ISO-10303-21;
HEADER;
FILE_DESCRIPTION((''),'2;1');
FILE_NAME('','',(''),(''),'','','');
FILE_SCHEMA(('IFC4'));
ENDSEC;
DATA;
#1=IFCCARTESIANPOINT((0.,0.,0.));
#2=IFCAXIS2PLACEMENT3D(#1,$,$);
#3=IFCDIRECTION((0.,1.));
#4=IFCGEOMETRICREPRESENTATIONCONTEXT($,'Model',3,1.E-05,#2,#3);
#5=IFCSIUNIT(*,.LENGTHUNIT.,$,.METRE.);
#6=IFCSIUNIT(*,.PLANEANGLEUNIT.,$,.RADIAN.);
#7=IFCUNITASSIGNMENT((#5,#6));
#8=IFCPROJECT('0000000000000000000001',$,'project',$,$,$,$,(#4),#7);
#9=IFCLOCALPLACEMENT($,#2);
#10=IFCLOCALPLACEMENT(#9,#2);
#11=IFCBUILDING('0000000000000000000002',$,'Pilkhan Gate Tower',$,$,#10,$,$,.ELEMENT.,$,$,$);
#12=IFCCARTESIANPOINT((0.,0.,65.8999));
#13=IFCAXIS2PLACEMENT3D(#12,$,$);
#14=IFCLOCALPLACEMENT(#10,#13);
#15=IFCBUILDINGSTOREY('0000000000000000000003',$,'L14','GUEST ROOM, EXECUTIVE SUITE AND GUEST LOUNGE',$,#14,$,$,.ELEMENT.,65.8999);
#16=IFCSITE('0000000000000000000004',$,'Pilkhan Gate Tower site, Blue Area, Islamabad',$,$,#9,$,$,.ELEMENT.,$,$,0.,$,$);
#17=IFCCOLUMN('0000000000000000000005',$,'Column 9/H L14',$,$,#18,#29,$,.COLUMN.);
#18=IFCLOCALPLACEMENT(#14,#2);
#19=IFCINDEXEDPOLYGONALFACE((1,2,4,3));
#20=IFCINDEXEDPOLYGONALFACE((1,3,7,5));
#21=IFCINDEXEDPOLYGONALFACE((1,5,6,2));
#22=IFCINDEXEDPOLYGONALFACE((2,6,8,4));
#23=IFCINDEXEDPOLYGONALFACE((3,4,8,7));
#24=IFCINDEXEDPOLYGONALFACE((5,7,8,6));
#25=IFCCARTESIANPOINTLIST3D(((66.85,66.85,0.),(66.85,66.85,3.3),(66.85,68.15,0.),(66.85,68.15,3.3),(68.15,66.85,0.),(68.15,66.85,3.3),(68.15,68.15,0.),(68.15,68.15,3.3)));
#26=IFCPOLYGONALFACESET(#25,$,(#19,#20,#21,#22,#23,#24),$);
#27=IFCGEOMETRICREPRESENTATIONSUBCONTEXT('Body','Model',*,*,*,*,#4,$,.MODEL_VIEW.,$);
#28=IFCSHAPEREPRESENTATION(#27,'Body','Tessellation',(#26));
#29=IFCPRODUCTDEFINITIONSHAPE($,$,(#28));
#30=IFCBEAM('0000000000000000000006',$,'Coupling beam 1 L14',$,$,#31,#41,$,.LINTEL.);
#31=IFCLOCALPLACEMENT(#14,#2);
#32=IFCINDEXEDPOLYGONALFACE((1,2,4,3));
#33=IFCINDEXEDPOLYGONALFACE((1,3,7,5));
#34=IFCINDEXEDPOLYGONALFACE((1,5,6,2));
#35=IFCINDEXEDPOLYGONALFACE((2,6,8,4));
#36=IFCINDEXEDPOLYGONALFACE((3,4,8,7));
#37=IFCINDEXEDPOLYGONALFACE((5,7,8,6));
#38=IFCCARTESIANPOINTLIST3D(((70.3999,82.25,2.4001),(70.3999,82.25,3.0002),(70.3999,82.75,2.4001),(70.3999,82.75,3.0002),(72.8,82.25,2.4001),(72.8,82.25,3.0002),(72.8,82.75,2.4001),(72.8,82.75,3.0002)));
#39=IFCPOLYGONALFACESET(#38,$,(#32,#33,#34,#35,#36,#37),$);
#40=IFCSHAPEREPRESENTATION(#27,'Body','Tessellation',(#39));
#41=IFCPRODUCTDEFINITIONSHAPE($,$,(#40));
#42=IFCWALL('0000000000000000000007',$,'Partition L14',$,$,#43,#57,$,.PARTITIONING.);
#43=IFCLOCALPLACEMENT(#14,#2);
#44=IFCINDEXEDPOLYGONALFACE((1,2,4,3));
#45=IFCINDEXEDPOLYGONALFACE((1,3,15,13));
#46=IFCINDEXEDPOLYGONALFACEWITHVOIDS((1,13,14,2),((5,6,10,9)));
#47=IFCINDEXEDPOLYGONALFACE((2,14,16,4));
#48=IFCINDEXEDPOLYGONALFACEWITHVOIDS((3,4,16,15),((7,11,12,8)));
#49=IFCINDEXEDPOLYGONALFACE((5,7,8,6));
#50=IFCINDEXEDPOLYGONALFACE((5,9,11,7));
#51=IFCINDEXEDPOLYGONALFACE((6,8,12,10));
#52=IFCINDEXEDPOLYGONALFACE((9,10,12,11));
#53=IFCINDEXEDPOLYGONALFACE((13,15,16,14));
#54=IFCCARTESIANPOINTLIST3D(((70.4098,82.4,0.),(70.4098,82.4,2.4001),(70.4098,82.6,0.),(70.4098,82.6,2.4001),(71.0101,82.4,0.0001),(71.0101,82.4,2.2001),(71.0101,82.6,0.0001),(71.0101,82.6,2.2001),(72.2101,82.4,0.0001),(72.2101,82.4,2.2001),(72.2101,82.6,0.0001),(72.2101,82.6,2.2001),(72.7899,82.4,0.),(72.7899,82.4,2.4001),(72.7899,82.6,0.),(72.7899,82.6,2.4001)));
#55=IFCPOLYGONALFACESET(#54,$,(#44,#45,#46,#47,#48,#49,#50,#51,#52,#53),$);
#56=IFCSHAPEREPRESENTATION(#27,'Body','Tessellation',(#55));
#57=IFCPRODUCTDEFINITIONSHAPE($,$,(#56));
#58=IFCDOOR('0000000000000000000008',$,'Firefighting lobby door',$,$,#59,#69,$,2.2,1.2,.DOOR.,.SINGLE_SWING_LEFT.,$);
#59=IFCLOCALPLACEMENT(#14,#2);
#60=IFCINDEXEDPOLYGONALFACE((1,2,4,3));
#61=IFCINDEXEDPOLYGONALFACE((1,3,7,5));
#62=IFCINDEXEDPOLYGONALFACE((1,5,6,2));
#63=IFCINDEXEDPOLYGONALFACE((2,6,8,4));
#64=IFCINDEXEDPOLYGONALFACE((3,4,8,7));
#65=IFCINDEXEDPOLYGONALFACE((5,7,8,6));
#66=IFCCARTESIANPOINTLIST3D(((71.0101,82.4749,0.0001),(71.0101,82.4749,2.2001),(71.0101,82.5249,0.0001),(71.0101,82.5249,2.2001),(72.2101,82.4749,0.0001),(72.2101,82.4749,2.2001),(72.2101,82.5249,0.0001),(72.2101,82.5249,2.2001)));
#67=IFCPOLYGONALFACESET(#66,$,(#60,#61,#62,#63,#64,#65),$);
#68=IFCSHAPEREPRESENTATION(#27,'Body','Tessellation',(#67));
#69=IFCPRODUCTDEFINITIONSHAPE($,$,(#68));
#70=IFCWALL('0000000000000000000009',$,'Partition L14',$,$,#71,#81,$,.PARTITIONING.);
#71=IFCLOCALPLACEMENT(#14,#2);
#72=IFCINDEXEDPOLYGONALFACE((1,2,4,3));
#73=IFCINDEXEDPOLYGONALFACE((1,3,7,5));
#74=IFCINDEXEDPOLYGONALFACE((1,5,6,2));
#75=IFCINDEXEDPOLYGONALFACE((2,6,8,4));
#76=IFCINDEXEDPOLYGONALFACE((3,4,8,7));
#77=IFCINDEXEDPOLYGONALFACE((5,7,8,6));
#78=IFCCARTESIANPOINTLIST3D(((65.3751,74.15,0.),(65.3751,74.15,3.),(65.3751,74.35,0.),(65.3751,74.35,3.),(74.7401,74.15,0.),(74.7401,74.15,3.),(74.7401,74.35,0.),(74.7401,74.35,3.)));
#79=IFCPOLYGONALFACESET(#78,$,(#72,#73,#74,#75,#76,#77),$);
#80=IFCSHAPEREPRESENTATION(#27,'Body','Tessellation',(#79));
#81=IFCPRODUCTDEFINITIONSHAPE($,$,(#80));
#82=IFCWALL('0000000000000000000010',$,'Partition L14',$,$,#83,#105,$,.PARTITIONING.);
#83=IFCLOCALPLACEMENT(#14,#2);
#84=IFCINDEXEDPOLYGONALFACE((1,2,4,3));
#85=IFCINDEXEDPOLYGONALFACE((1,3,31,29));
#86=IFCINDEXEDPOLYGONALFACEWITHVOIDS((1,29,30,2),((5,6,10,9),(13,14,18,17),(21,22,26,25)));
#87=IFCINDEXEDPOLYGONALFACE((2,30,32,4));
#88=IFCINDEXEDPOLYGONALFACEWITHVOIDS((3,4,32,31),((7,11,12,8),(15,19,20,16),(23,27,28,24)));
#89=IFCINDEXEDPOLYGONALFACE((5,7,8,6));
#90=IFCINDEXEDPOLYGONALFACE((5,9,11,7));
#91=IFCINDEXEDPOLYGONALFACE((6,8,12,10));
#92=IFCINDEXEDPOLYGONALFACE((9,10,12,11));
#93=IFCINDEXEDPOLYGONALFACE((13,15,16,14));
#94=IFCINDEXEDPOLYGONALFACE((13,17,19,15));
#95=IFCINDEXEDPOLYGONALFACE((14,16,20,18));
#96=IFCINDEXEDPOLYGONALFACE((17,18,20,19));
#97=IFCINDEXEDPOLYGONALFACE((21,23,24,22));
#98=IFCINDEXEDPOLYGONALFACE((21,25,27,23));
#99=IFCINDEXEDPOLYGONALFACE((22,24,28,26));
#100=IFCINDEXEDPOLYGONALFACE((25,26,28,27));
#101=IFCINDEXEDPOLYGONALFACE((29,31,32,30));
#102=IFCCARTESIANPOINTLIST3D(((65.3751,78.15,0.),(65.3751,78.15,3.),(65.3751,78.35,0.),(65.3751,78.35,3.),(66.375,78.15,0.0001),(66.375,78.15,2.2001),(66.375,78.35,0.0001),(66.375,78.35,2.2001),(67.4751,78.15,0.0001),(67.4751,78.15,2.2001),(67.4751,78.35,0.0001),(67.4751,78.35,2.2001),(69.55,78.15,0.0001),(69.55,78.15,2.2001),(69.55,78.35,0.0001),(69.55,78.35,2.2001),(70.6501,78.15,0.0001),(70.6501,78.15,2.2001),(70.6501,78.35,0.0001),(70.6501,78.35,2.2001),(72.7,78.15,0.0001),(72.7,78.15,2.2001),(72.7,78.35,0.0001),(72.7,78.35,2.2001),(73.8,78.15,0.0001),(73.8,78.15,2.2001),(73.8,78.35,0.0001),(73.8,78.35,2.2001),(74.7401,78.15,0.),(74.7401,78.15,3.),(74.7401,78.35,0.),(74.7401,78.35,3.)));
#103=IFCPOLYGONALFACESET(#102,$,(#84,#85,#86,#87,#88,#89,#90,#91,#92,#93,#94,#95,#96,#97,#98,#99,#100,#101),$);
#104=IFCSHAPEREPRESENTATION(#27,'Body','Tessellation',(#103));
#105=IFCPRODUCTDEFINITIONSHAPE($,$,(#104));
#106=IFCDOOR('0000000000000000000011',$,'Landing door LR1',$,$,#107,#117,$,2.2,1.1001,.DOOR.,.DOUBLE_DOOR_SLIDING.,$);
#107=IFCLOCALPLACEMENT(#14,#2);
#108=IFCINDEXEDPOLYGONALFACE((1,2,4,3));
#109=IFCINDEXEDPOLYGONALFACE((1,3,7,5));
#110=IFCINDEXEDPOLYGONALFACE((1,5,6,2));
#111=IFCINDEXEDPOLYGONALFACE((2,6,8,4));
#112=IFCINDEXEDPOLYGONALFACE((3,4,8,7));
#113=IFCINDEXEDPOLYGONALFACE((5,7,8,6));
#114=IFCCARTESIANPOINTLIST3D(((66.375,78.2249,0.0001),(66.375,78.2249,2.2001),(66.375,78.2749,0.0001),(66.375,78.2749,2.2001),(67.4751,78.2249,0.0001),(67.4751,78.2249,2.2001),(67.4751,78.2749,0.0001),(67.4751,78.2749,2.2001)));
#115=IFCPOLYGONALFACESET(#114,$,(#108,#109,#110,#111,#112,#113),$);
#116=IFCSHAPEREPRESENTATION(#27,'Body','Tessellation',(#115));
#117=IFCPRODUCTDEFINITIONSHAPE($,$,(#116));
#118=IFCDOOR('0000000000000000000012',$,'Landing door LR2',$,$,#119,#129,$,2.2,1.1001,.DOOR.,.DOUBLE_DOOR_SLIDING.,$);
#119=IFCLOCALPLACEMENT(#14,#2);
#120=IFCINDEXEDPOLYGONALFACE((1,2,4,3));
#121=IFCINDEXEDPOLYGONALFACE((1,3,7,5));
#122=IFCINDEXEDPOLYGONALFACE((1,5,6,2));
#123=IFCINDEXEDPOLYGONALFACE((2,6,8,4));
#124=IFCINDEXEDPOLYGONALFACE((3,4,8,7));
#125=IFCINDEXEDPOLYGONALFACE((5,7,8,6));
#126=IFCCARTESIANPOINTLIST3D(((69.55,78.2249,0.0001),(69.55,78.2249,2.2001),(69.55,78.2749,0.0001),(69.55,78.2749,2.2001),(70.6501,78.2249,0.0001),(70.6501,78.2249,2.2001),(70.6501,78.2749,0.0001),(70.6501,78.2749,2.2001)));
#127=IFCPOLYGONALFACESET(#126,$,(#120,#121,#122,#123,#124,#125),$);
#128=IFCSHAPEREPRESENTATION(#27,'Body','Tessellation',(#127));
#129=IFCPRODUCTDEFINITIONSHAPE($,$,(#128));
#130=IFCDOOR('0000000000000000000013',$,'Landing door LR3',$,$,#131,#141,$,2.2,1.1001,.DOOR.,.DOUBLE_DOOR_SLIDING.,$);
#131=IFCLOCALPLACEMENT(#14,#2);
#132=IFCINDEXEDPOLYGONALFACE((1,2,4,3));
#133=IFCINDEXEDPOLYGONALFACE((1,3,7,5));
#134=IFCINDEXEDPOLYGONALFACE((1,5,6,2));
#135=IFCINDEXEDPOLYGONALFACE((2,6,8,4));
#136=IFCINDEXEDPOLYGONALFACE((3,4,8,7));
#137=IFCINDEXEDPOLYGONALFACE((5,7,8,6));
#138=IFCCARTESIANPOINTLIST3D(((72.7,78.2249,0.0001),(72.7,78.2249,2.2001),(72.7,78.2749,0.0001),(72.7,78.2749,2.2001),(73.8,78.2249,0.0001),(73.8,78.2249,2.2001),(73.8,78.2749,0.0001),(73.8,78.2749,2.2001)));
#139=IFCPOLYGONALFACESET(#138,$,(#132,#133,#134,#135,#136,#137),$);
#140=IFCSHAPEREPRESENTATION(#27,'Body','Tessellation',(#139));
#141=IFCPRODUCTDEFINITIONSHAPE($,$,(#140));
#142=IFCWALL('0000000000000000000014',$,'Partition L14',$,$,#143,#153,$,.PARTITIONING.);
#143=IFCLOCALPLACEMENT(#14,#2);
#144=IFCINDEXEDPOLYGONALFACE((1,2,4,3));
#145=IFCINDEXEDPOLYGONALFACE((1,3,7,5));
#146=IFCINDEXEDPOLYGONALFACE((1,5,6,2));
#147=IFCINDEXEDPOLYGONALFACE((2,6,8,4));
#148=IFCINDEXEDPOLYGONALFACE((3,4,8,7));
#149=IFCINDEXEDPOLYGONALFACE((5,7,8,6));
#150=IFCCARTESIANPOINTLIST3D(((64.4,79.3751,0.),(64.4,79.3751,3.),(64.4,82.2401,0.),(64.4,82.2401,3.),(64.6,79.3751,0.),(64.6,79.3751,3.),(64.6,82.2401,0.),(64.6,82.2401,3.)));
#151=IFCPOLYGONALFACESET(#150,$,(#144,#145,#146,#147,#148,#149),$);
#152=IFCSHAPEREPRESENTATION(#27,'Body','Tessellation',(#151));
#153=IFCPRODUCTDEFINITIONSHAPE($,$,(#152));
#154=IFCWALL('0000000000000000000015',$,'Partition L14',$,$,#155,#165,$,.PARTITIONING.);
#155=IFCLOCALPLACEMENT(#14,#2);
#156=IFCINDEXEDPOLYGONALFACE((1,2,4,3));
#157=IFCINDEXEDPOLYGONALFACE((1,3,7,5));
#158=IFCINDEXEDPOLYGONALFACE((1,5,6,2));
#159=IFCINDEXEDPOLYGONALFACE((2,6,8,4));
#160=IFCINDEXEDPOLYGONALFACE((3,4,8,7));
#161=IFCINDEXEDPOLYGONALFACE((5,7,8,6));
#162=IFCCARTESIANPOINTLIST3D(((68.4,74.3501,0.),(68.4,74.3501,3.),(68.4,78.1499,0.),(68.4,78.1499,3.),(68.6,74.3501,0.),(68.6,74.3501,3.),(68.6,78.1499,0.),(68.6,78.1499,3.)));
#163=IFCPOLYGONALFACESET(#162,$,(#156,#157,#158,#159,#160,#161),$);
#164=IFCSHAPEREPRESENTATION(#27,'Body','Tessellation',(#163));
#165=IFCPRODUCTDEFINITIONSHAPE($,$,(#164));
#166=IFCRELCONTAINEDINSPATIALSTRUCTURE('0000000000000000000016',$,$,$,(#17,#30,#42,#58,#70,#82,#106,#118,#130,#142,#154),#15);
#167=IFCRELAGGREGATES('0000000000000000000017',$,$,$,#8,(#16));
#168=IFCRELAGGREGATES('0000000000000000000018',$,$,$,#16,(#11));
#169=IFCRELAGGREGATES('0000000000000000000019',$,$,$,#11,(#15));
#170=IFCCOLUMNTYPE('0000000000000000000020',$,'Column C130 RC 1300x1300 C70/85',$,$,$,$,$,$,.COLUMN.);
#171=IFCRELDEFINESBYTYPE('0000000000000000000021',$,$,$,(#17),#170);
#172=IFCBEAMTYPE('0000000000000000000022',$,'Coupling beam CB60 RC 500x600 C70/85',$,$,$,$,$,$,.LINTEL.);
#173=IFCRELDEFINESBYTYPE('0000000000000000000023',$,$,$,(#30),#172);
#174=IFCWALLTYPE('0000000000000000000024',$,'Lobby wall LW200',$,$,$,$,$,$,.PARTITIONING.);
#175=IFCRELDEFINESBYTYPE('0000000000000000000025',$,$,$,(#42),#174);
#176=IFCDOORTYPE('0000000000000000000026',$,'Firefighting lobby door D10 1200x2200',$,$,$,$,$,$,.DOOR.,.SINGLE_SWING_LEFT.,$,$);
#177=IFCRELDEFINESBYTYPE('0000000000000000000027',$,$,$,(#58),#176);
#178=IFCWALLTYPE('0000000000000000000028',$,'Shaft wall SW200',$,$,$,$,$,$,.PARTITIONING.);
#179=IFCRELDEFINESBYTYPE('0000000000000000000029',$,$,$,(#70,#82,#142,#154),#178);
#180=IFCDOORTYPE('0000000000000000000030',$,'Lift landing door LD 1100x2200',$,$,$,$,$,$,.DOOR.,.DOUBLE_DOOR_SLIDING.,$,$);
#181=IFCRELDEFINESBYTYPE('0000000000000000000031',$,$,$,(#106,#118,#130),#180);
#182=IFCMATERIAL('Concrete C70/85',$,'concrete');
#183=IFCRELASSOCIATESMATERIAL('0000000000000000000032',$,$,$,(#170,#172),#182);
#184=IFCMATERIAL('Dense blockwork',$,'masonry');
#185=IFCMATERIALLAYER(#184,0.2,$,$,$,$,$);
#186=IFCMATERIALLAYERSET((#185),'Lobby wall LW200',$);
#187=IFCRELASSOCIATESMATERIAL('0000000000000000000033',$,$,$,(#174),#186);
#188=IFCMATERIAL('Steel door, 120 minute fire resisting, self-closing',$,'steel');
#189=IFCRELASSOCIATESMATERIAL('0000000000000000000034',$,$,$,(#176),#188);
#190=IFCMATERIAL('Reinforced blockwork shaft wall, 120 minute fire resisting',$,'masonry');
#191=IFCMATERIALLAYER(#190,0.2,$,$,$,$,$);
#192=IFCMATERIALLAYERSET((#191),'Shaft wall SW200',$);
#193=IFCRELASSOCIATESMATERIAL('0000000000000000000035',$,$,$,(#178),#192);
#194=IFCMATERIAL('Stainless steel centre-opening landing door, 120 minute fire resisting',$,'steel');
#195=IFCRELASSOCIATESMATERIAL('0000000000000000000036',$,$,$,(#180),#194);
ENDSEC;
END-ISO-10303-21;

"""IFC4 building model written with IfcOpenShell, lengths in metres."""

from ifc_helpers import new_model, si_unit, direction, frame, frame_2d, origin, origin_2d, place, context, subcontext, project, spatial, rectangle, extrude, material, layer, layer_set, material_profile, profile_set, type_object, element, fill, save


model = new_model("IFC4")

# Units and contexts
model_context = context("Model", 3, precision=1e-05, world=origin(), true_north=direction((0.0, 1.0)))
body_context = subcontext(model_context, "Body", "Model", "MODEL_VIEW")
ifc_project = project(units=[si_unit("LENGTHUNIT", "METRE"), si_unit("PLANEANGLEUNIT", "RADIAN")], contexts=[model_context])

# Site, building, storey
site_placement = place(None, origin())
site = spatial("IfcSite", under=ifc_project, at=site_placement, Name="Pilkhan Gate Tower site, Blue Area, Islamabad", CompositionType="ELEMENT", RefElevation=0.0)
building_placement = place(site_placement, origin())
building = spatial("IfcBuilding", under=site, at=building_placement, Name="Pilkhan Gate Tower", CompositionType="ELEMENT")
storey_placement = place(building_placement, frame((0.0, 0.0, 65.8999)))
storey = spatial("IfcBuildingStorey", under=building, at=storey_placement, Name="L14", Description="GUEST ROOM, EXECUTIVE SUITE AND GUEST LOUNGE", CompositionType="ELEMENT", Elevation=65.8999)

# Column
ifc_material_1 = material(Name="Concrete C70/85", Category="concrete")
ifc_material_profile_1 = material_profile(ifc_material_1, rectangle(XDim=1.3, YDim=1.3, at=origin_2d()), Name="RC 1300x1300")
ifc_profile_set_1 = profile_set([ifc_material_profile_1], Name="Concrete C70/85")
column_type = type_object("IfcColumnType", Name="Column C130 RC 1300x1300 C70/85", PredefinedType="COLUMN", material=ifc_profile_set_1)
column_placement = place(storey_placement, frame((67.5, 67.5, 0.0), z_axis=(0.0, 0.0, 1.0), x_axis=(1.0, 0.0, 0.0)))
element("IfcColumn", 1, at=column_placement, inside=storey, type_object=column_type, Name="Column 9/H L14", PredefinedType="COLUMN", context=body_context, shape_type="SweptSolid", body=[
    extrude(rectangle(XDim=1.3, YDim=1.3, at=origin_2d()), origin(), (0.0, 0.0, 1.0), 3.3),
])

# Beam
ifc_material_profile_2 = material_profile(ifc_material_1, rectangle(XDim=0.5, YDim=0.6001, at=origin_2d()), Name="RC 500x600")
ifc_profile_set_2 = profile_set([ifc_material_profile_2], Name="Concrete C70/85")
beam_type = type_object("IfcBeamType", Name="Coupling beam CB60 RC 500x600 C70/85", PredefinedType="LINTEL", material=ifc_profile_set_2)
beam_placement = place(storey_placement, frame((70.3999, 82.5, 2.7002), z_axis=(1.0, 0.0, 0.0), x_axis=(0.0, 1.0, 0.0)))
element("IfcBeam", 2, at=beam_placement, inside=storey, type_object=beam_type, Name="Coupling beam 1 L14", PredefinedType="LINTEL", context=body_context, shape_type="SweptSolid", body=[
    extrude(rectangle(XDim=0.5, YDim=0.6001, at=origin_2d()), origin(), (0.0, 0.0, 1.0), 2.4001),
])

# Wall, opening, door
ifc_material_2 = material(Name="Dense blockwork", Category="masonry")
ifc_layer_1 = layer(ifc_material_2, 0.2)
ifc_layer_set_1 = layer_set([ifc_layer_1], Name="Lobby wall LW200")
wall_type_1 = type_object("IfcWallType", Name="Lobby wall LW200", PredefinedType="PARTITIONING", material=ifc_layer_set_1)
wall_1_placement = place(storey_placement, frame((70.4099, 82.5, 0.0), z_axis=(0.0, 0.0, 1.0), x_axis=(1.0, 0.0, 0.0)))
wall_1 = element("IfcWall", 3, at=wall_1_placement, inside=storey, type_object=wall_type_1, Name="Partition L14", PredefinedType="PARTITIONING", context=body_context, shape_type="SweptSolid", body=[
    extrude(rectangle(XDim=2.3801, YDim=0.2, at=frame_2d((1.1899, 0.0))), origin(), (0.0, 0.0, 1.0), 2.4001),
])
opening_1_placement = place(wall_1_placement, frame((0.6001, 0.0, 0.0)))
opening_1 = element("IfcOpeningElement", 4, at=opening_1_placement, cuts=wall_1, PredefinedType="OPENING", context=body_context, shape_type="SweptSolid", body=[
    extrude(rectangle(XDim=1.2, YDim=2.2, at=frame_2d((0.6001, 1.1001))), frame((0.0, 0.1099, 0.0), z_axis=(0.0, -1.0, 0.0), x_axis=(1.0, 0.0, 0.0)), (0.0, 0.0, 1.0), 0.22),
])
ifc_material_3 = material(Name="Steel door, 120 minute fire resisting, self-closing", Category="steel")
door_type_1 = type_object("IfcDoorType", Name="Firefighting lobby door D10 1200x2200", OperationType="SINGLE_SWING_LEFT", PredefinedType="DOOR", material=ifc_material_3)
door_1_placement = place(opening_1_placement, origin())
door_1 = element("IfcDoor", 5, at=door_1_placement, inside=storey, type_object=door_type_1, Name="Firefighting lobby door", OperationType="SINGLE_SWING_LEFT", OverallHeight=2.2, OverallWidth=1.2, PredefinedType="DOOR", context=body_context, shape_type="SweptSolid", body=[
    extrude(rectangle(XDim=1.2, YDim=2.2, at=frame_2d((0.6001, 1.1001))), frame((0.0, 0.0249, 0.0), z_axis=(0.0, -1.0, 0.0), x_axis=(1.0, 0.0, 0.0)), (0.0, 0.0, 1.0), 0.05),
])
fill(opening_1, door_1)

# Wall
ifc_material_4 = material(Name="Reinforced blockwork shaft wall, 120 minute fire resisting", Category="masonry")
ifc_layer_2 = layer(ifc_material_4, 0.2)
ifc_layer_set_2 = layer_set([ifc_layer_2], Name="Shaft wall SW200")
wall_type_2 = type_object("IfcWallType", Name="Shaft wall SW200", PredefinedType="PARTITIONING", material=ifc_layer_set_2)
wall_2_placement = place(storey_placement, frame((65.375, 74.25, 0.0), z_axis=(0.0, 0.0, 1.0), x_axis=(1.0, 0.0, 0.0)))
element("IfcWall", 6, at=wall_2_placement, inside=storey, type_object=wall_type_2, Name="Partition L14", PredefinedType="PARTITIONING", context=body_context, shape_type="SweptSolid", body=[
    extrude(rectangle(XDim=9.365, YDim=0.2, at=frame_2d((4.6826, 0.0))), origin(), (0.0, 0.0, 1.0), 3.0),
])

# Wall, openings, doors
wall_3_placement = place(storey_placement, frame((65.375, 78.25, 0.0), z_axis=(0.0, 0.0, 1.0), x_axis=(1.0, 0.0, 0.0)))
wall_3 = element("IfcWall", 7, at=wall_3_placement, inside=storey, type_object=wall_type_2, Name="Partition L14", PredefinedType="PARTITIONING", context=body_context, shape_type="SweptSolid", body=[
    extrude(rectangle(XDim=9.365, YDim=0.2, at=frame_2d((4.6826, 0.0))), origin(), (0.0, 0.0, 1.0), 3.0),
])
opening_2_placement = place(wall_3_placement, frame((1.0, 0.0, 0.0)))
opening_2 = element("IfcOpeningElement", 8, at=opening_2_placement, cuts=wall_3, PredefinedType="OPENING", context=body_context, shape_type="SweptSolid", body=[
    extrude(rectangle(XDim=1.1001, YDim=2.2, at=frame_2d((0.55, 1.1001))), frame((0.0, 0.1099, 0.0), z_axis=(0.0, -1.0, 0.0), x_axis=(1.0, 0.0, 0.0)), (0.0, 0.0, 1.0), 0.22),
])
opening_3_placement = place(wall_3_placement, frame((4.175, 0.0, 0.0)))
opening_3 = element("IfcOpeningElement", 9, at=opening_3_placement, cuts=wall_3, PredefinedType="OPENING", context=body_context, shape_type="SweptSolid", body=[
    extrude(rectangle(XDim=1.1001, YDim=2.2, at=frame_2d((0.55, 1.1001))), frame((0.0, 0.1099, 0.0), z_axis=(0.0, -1.0, 0.0), x_axis=(1.0, 0.0, 0.0)), (0.0, 0.0, 1.0), 0.22),
])
opening_4_placement = place(wall_3_placement, frame((7.325, 0.0, 0.0)))
opening_4 = element("IfcOpeningElement", 10, at=opening_4_placement, cuts=wall_3, PredefinedType="OPENING", context=body_context, shape_type="SweptSolid", body=[
    extrude(rectangle(XDim=1.1001, YDim=2.2, at=frame_2d((0.55, 1.1001))), frame((0.0, 0.1099, 0.0), z_axis=(0.0, -1.0, 0.0), x_axis=(1.0, 0.0, 0.0)), (0.0, 0.0, 1.0), 0.22),
])
ifc_material_5 = material(Name="Stainless steel centre-opening landing door, 120 minute fire resisting", Category="steel")
door_type_2 = type_object("IfcDoorType", Name="Lift landing door LD 1100x2200", OperationType="DOUBLE_DOOR_SLIDING", PredefinedType="DOOR", material=ifc_material_5)
door_2_placement = place(opening_2_placement, origin())
door_2 = element("IfcDoor", 11, at=door_2_placement, inside=storey, type_object=door_type_2, Name="Landing door LR1", OperationType="DOUBLE_DOOR_SLIDING", OverallHeight=2.2, OverallWidth=1.1001, PredefinedType="DOOR", context=body_context, shape_type="SweptSolid", body=[
    extrude(rectangle(XDim=1.1001, YDim=2.2, at=frame_2d((0.55, 1.1001))), frame((0.0, 0.0249, 0.0), z_axis=(0.0, -1.0, 0.0), x_axis=(1.0, 0.0, 0.0)), (0.0, 0.0, 1.0), 0.05),
])
fill(opening_2, door_2)
door_3_placement = place(opening_3_placement, origin())
door_3 = element("IfcDoor", 12, at=door_3_placement, inside=storey, type_object=door_type_2, Name="Landing door LR2", OperationType="DOUBLE_DOOR_SLIDING", OverallHeight=2.2, OverallWidth=1.1001, PredefinedType="DOOR", context=body_context, shape_type="SweptSolid", body=[
    extrude(rectangle(XDim=1.1001, YDim=2.2, at=frame_2d((0.55, 1.1001))), frame((0.0, 0.0249, 0.0), z_axis=(0.0, -1.0, 0.0), x_axis=(1.0, 0.0, 0.0)), (0.0, 0.0, 1.0), 0.05),
])
fill(opening_3, door_3)
door_4_placement = place(opening_4_placement, origin())
door_4 = element("IfcDoor", 13, at=door_4_placement, inside=storey, type_object=door_type_2, Name="Landing door LR3", OperationType="DOUBLE_DOOR_SLIDING", OverallHeight=2.2, OverallWidth=1.1001, PredefinedType="DOOR", context=body_context, shape_type="SweptSolid", body=[
    extrude(rectangle(XDim=1.1001, YDim=2.2, at=frame_2d((0.55, 1.1001))), frame((0.0, 0.0249, 0.0), z_axis=(0.0, -1.0, 0.0), x_axis=(1.0, 0.0, 0.0)), (0.0, 0.0, 1.0), 0.05),
])
fill(opening_4, door_4)

# Walls
wall_4_placement = place(storey_placement, frame((64.5, 79.375, 0.0), z_axis=(0.0, 0.0, 1.0), x_axis=(0.0, 1.0, 0.0)))
element("IfcWall", 14, at=wall_4_placement, inside=storey, type_object=wall_type_2, Name="Partition L14", PredefinedType="PARTITIONING", context=body_context, shape_type="SweptSolid", body=[
    extrude(rectangle(XDim=2.865, YDim=0.2, at=frame_2d((1.4326, 0.0))), origin(), (0.0, 0.0, 1.0), 3.0),
])
for number, where, z_axis, x_axis, name in (
    (15, (68.5, 74.3501, 0.0), (0.0, 0.0, 1.0), (0.0, 1.0, 0.0), "Partition L14"),
):
    element("IfcWall", number, at=place(storey_placement, frame(where, z_axis=z_axis, x_axis=x_axis)), inside=storey, type_object=wall_type_2, Name=name, PredefinedType="PARTITIONING", context=body_context, shape_type="SweptSolid", body=[
        extrude(rectangle(XDim=3.7998, YDim=0.2, at=frame_2d((1.8999, 0.0))), origin(), (0.0, 0.0, 1.0), 3.0),
    ])

save(model, "model.ifc")
